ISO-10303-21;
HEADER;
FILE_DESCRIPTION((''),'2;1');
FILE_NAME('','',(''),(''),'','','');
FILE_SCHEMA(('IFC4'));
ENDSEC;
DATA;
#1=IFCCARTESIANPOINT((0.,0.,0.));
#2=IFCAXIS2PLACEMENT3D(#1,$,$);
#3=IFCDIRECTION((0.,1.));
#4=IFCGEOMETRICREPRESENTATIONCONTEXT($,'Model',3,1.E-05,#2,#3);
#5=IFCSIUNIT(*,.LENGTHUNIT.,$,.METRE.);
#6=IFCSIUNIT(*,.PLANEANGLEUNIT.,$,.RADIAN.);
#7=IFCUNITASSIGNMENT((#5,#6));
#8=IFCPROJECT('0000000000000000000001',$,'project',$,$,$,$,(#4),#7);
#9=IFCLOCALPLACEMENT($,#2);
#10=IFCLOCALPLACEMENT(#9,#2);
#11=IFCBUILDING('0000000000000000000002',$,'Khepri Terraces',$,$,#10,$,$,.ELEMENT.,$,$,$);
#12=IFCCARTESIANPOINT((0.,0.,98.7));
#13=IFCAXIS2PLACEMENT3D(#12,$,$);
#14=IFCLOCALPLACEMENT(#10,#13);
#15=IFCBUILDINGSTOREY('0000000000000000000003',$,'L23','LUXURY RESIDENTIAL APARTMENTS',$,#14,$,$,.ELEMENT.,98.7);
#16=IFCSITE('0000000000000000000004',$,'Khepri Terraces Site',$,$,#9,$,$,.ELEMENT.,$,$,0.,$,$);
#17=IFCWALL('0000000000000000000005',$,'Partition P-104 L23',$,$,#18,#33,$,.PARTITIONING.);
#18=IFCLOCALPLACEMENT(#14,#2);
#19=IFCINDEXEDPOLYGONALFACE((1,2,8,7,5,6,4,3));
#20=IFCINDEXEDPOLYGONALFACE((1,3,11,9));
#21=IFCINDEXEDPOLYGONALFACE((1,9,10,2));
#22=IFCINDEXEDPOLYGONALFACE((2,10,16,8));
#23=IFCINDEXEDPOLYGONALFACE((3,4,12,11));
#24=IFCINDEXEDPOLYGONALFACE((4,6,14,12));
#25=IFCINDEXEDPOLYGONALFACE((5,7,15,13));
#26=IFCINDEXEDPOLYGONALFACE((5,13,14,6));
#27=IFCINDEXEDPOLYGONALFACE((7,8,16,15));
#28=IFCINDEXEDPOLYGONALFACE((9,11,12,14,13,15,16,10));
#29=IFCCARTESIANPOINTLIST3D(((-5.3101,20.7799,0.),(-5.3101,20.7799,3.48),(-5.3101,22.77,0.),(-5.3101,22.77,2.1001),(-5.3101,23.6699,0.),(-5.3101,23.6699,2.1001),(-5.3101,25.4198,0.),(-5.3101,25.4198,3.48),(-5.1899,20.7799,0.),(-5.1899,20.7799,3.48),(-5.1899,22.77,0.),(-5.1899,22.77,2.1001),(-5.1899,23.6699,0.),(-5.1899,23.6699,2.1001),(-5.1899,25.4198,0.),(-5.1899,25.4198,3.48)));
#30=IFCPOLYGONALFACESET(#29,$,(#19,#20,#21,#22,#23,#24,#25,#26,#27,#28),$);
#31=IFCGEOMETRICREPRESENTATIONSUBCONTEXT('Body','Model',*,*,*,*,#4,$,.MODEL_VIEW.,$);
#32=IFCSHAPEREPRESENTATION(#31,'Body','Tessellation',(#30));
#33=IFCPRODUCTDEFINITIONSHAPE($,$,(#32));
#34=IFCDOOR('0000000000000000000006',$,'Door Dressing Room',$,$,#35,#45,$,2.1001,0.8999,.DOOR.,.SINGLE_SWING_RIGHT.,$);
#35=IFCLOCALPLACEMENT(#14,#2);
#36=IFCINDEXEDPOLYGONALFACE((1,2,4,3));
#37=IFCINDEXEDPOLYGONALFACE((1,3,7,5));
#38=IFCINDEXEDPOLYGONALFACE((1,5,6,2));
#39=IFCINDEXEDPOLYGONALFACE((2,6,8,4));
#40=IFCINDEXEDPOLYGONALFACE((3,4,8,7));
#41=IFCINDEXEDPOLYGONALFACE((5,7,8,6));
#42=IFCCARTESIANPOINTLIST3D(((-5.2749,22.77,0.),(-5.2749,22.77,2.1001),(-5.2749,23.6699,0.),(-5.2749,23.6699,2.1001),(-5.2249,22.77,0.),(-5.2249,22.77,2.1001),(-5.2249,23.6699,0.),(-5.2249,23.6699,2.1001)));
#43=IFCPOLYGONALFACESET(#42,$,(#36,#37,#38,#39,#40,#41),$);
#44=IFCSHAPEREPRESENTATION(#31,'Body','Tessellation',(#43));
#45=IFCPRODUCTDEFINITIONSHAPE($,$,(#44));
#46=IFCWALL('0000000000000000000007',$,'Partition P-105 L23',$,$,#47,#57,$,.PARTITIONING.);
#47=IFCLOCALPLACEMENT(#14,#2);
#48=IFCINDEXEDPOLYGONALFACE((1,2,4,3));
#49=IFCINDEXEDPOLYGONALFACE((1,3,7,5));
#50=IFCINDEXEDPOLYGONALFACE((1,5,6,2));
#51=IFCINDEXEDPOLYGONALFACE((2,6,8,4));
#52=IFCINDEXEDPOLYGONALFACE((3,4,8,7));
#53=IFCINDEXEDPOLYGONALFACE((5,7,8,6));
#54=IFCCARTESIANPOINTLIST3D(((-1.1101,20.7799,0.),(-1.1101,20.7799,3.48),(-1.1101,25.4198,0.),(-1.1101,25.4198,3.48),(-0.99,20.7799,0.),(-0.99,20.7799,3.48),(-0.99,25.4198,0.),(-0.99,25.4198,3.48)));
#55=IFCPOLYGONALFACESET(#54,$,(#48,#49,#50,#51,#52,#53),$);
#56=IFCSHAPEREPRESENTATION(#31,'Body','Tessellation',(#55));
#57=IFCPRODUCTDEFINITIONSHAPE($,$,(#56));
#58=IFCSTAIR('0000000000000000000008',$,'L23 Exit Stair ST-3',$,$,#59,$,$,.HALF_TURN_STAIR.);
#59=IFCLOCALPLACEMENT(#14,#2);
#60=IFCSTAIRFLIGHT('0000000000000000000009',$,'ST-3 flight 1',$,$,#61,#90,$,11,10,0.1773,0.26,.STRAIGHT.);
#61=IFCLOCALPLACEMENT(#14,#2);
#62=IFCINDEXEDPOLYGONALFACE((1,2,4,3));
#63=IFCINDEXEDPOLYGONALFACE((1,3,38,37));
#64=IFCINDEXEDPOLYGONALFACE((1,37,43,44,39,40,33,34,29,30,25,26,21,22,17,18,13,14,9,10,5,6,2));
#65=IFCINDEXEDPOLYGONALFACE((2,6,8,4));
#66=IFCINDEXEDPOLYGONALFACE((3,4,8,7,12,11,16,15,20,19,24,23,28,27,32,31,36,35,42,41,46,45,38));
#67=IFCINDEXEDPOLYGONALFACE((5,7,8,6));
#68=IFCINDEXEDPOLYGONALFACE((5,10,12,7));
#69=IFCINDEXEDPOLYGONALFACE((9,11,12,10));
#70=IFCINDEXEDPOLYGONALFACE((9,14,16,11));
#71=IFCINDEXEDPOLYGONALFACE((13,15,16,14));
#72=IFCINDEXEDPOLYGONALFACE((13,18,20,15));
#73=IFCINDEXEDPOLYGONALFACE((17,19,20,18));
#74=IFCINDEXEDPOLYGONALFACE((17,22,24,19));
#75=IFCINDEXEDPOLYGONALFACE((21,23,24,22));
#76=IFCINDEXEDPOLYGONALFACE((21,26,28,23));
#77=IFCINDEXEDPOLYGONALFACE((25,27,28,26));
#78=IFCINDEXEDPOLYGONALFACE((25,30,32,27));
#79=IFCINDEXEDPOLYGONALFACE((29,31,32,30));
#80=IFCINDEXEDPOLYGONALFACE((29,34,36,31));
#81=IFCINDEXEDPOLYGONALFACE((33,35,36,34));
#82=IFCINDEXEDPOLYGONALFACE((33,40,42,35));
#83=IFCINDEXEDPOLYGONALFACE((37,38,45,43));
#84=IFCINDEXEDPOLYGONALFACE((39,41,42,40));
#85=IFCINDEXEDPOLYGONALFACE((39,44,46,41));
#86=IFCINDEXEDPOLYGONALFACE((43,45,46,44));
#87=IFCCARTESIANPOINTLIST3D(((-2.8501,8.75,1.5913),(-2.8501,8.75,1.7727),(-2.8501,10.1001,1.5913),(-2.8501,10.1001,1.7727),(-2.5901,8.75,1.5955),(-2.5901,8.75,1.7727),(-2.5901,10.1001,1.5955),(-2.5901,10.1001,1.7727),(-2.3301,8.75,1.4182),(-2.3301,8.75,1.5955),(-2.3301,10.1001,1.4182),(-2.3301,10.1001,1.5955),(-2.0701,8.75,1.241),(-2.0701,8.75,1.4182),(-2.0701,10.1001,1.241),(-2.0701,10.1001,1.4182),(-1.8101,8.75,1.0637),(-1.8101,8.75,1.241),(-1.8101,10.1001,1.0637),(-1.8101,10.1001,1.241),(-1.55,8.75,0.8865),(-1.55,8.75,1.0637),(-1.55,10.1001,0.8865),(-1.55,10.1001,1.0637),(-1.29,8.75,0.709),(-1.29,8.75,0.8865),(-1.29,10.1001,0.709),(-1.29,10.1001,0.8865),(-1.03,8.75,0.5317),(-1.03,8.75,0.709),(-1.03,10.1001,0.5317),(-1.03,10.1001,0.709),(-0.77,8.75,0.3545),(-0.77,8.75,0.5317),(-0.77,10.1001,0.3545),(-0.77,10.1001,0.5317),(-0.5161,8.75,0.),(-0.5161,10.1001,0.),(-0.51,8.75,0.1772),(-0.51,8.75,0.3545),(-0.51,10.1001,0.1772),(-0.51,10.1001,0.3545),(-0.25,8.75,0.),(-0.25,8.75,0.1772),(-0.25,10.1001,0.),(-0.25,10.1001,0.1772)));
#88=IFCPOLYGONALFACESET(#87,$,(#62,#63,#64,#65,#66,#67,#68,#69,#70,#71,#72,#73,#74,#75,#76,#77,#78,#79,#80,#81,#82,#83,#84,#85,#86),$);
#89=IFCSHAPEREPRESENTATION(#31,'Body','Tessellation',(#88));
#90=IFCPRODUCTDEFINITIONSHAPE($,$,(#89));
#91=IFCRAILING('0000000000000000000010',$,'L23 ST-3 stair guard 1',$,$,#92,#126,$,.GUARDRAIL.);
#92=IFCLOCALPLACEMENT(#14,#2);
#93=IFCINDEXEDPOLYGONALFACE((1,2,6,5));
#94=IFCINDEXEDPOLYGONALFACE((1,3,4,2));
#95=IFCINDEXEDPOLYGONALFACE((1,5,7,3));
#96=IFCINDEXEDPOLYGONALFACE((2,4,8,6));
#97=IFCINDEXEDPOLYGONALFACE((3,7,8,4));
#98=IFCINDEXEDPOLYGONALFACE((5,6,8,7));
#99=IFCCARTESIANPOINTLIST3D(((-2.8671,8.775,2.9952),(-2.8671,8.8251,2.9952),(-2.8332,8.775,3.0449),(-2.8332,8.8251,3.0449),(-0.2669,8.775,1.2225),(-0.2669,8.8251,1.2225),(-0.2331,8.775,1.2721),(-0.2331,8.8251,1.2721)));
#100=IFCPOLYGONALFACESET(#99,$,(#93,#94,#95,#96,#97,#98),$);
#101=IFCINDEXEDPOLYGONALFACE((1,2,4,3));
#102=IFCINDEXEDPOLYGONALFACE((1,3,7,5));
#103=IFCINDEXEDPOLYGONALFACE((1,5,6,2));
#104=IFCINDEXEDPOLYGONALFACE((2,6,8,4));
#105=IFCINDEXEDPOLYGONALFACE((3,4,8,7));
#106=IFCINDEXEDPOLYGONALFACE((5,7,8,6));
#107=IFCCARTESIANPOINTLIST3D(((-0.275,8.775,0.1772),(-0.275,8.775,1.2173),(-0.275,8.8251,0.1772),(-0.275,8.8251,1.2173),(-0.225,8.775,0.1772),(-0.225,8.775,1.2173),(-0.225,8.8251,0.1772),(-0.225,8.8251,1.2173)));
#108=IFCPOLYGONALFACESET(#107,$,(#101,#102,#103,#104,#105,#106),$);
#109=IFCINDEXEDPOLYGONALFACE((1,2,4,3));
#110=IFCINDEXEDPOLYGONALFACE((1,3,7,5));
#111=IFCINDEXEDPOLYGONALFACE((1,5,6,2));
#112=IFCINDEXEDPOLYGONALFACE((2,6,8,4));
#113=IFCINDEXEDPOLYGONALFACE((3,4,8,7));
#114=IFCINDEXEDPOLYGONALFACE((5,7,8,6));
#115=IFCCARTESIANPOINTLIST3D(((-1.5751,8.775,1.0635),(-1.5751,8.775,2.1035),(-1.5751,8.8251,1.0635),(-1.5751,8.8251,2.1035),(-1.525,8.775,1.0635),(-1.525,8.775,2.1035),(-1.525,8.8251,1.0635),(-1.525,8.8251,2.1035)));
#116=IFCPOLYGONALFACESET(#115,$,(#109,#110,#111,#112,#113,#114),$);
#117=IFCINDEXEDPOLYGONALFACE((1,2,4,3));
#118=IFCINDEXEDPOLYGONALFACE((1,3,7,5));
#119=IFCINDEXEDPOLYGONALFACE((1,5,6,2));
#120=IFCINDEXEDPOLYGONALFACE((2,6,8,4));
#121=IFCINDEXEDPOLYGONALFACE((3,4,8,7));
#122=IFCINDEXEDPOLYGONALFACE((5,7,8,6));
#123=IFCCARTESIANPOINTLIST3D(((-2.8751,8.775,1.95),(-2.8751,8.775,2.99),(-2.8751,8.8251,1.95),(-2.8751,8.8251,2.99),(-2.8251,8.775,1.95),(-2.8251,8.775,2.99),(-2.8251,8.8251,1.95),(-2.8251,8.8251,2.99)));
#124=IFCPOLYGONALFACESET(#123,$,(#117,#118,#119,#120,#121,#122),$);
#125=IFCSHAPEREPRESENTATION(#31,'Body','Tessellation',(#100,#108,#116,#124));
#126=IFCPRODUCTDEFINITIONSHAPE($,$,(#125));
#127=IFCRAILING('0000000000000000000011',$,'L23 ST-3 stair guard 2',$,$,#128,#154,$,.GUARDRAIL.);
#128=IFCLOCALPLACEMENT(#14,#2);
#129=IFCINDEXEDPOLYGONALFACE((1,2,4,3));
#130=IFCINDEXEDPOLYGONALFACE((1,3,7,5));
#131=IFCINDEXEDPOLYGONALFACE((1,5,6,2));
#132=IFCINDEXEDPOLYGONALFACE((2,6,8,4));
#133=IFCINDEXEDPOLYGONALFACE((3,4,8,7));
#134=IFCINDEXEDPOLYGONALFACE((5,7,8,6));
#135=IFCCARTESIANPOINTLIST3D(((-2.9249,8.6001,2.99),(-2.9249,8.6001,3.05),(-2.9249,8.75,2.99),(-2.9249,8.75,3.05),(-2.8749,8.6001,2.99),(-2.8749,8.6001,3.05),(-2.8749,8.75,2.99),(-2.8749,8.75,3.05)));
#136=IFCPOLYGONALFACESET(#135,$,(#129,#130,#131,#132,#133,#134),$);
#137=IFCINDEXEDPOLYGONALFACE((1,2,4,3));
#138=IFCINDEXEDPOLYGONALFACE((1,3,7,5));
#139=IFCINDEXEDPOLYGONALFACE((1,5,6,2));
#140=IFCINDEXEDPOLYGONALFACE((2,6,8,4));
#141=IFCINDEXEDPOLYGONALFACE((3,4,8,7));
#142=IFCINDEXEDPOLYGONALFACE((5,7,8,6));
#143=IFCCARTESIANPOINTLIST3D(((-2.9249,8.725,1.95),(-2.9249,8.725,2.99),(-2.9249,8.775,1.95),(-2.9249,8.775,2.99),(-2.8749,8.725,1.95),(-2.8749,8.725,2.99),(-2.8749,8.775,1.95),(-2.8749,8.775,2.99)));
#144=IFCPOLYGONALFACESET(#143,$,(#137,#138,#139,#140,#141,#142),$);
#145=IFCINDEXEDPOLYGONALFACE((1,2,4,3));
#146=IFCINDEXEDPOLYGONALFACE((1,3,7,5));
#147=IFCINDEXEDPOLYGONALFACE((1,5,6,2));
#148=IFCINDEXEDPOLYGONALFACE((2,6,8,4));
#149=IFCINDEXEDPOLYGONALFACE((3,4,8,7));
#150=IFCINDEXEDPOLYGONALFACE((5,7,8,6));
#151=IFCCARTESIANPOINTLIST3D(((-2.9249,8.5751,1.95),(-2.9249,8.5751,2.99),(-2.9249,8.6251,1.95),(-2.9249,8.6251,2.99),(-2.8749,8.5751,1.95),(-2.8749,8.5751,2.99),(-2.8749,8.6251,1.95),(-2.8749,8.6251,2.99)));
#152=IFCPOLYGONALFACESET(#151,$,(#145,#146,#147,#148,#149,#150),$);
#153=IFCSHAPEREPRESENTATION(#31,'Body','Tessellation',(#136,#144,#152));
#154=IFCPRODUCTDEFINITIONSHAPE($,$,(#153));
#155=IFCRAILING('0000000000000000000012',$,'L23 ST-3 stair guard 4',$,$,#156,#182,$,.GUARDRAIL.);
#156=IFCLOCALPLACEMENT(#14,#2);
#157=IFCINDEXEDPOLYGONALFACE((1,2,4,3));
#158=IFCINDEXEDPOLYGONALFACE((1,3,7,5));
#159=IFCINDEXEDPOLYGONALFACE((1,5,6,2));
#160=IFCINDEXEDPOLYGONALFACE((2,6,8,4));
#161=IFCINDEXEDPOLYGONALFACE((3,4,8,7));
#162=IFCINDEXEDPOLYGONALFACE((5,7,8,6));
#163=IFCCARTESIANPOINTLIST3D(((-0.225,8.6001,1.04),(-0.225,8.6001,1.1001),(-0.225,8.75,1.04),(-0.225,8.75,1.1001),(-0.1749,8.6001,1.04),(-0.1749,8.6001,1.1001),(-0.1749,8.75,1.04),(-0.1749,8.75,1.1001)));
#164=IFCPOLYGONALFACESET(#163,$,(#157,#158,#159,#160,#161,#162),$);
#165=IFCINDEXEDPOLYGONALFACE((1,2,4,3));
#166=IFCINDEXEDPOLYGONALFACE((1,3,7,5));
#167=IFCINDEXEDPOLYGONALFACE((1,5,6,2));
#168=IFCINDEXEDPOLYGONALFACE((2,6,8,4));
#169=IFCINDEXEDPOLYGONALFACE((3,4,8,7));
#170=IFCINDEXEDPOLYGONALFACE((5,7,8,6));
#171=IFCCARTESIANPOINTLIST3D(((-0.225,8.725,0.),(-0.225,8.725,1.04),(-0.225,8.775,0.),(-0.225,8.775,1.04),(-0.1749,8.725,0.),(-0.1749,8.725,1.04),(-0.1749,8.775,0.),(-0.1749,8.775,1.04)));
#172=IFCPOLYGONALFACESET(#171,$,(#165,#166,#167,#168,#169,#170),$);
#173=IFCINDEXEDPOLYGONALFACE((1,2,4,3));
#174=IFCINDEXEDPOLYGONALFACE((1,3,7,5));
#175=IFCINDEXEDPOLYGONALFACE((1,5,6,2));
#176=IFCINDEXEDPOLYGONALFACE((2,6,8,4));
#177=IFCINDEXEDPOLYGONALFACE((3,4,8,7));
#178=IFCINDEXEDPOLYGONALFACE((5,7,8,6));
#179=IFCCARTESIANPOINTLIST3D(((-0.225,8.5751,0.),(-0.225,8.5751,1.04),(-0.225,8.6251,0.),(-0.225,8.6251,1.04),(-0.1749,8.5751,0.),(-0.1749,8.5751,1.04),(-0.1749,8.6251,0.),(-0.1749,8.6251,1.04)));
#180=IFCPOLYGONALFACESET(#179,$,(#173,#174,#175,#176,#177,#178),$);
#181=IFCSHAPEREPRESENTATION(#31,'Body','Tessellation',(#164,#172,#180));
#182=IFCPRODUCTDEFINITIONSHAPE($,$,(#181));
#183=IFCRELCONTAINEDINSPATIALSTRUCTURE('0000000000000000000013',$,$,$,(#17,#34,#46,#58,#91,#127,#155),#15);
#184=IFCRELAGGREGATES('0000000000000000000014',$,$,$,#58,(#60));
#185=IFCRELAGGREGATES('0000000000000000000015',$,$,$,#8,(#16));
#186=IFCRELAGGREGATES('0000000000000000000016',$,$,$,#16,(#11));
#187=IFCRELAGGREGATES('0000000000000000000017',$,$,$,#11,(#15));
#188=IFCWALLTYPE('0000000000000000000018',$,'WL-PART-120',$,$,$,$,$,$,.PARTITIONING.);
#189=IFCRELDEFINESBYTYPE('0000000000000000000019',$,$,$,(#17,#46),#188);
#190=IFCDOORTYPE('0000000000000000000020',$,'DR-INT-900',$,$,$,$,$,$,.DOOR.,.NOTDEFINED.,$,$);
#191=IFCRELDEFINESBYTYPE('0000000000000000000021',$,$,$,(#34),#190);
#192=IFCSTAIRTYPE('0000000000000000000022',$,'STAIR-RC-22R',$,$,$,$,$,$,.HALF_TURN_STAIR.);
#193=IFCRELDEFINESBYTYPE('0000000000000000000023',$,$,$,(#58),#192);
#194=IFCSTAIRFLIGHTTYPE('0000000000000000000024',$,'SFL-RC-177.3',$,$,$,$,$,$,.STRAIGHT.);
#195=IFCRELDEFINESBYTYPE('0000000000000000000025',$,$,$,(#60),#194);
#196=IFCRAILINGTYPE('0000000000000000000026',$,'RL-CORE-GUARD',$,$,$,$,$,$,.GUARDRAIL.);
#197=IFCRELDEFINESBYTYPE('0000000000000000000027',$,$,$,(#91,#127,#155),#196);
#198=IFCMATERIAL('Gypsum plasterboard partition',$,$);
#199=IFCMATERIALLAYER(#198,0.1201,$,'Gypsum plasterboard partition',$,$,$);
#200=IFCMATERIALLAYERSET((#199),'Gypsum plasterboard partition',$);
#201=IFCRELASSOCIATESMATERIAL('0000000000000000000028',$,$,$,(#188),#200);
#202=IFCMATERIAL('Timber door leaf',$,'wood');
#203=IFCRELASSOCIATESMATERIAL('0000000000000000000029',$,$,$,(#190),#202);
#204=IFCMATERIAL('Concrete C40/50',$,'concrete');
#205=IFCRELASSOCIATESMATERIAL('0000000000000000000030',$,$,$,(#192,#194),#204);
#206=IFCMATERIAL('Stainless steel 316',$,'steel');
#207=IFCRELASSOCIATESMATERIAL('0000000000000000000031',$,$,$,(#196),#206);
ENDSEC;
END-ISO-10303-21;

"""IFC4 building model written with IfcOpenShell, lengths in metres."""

from ifc_helpers import new_model, si_unit, direction, frame, frame_2d, origin, origin_2d, place, context, subcontext, project, spatial, polyline, rectangle, outline, extrude, material, layer, layer_set, type_object, element, fill, aggregate, save


model = new_model("IFC4")

# Units and contexts
model_context = context("Model", 3, precision=1e-05, world=origin(), true_north=direction((0.0, 1.0)))
body_context = subcontext(model_context, "Body", "Model", "MODEL_VIEW")
ifc_project = project(units=[si_unit("LENGTHUNIT", "METRE"), si_unit("PLANEANGLEUNIT", "RADIAN")], contexts=[model_context])

# Site, building, storey
site_placement = place(None, origin())
site = spatial("IfcSite", under=ifc_project, at=site_placement, Name="Khepri Terraces Site", CompositionType="ELEMENT", RefElevation=0.0)
building_placement = place(site_placement, origin())
building = spatial("IfcBuilding", under=site, at=building_placement, Name="Khepri Terraces", CompositionType="ELEMENT")
storey_placement = place(building_placement, frame((0.0, 0.0, 98.7)))
storey = spatial("IfcBuildingStorey", under=building, at=storey_placement, Name="L23", Description="LUXURY RESIDENTIAL APARTMENTS", CompositionType="ELEMENT", Elevation=98.7)

# Shared definitions
ifc_material_1 = material(Name="Gypsum plasterboard partition")
ifc_layer_1 = layer(ifc_material_1, 0.1201, Name="Gypsum plasterboard partition")
ifc_layer_set_1 = layer_set([ifc_layer_1], Name="Gypsum plasterboard partition")
wall_type_1 = type_object("IfcWallType", Name="WL-PART-120", PredefinedType="PARTITIONING", material=ifc_layer_set_1)

# Wall, opening, door
wall_1_placement = place(storey_placement, frame((-5.25, 20.78, 0.0), z_axis=(0.0, 0.0, 1.0), x_axis=(0.0, 1.0, 0.0)))
wall_1 = element("IfcWall", 1, at=wall_1_placement, inside=storey, type_object=wall_type_1, Name="Partition P-104 L23", PredefinedType="PARTITIONING", context=body_context, shape_type="SweptSolid", body=[
    extrude(rectangle(XDim=4.6399, YDim=0.1201, at=frame_2d((2.3198, 0.0))), origin(), (0.0, 0.0, 1.0), 3.48),
])
opening_1_placement = place(wall_1_placement, frame((1.99, 0.0, 0.0)))
opening_1 = element("IfcOpeningElement", 2, at=opening_1_placement, cuts=wall_1, PredefinedType="OPENING", context=body_context, shape_type="SweptSolid", body=[
    extrude(rectangle(XDim=0.8999, YDim=2.1001, at=frame_2d((0.45, 1.05))), frame((0.0, 0.0701, 0.0), z_axis=(0.0, -1.0, 0.0), x_axis=(1.0, 0.0, 0.0)), (0.0, 0.0, 1.0), 0.1401),
])
ifc_material_2 = material(Name="Timber door leaf", Category="wood")
door_type_1 = type_object("IfcDoorType", Name="DR-INT-900", OperationType="NOTDEFINED", PredefinedType="DOOR", material=ifc_material_2)
door_1_placement = place(opening_1_placement, origin())
door_1 = element("IfcDoor", 3, at=door_1_placement, inside=storey, type_object=door_type_1, Name="Door Dressing Room", OperationType="SINGLE_SWING_RIGHT", OverallHeight=2.1001, OverallWidth=0.8999, PredefinedType="DOOR", context=body_context, shape_type="SweptSolid", body=[
    extrude(rectangle(XDim=0.8999, YDim=2.1001, at=frame_2d((0.45, 1.05))), frame((0.0, 0.0249, 0.0), z_axis=(0.0, -1.0, 0.0), x_axis=(1.0, 0.0, 0.0)), (0.0, 0.0, 1.0), 0.05),
])
fill(opening_1, door_1)

# Wall
wall_2_placement = place(storey_placement, frame((-1.05, 20.78, 0.0), z_axis=(0.0, 0.0, 1.0), x_axis=(0.0, 1.0, 0.0)))
element("IfcWall", 4, at=wall_2_placement, inside=storey, type_object=wall_type_1, Name="Partition P-105 L23", PredefinedType="PARTITIONING", context=body_context, shape_type="SweptSolid", body=[
    extrude(rectangle(XDim=4.6399, YDim=0.1201, at=frame_2d((2.3198, 0.0))), origin(), (0.0, 0.0, 1.0), 3.48),
])

# Stair, stair flight
ifc_material_3 = material(Name="Concrete C40/50", Category="concrete")
stair_type = type_object("IfcStairType", Name="STAIR-RC-22R", PredefinedType="HALF_TURN_STAIR", material=ifc_material_3)
stair_placement = place(storey_placement, origin())
stair = element("IfcStair", 5, at=stair_placement, inside=storey, type_object=stair_type, Name="L23 Exit Stair ST-3", PredefinedType="HALF_TURN_STAIR")
stair_flight_type = type_object("IfcStairFlightType", Name="SFL-RC-177.3", PredefinedType="STRAIGHT", material=ifc_material_3)
stair_flight_placement = place(storey_placement, frame((-0.25, 9.425, 0.0), z_axis=(0.0, 0.0, 1.0), x_axis=(-1.0, 0.0, 0.0)))
stair_flight = element("IfcStairFlight", 6, at=stair_flight_placement, type_object=stair_flight_type, Name="ST-3 flight 1", NumberOfRisers=11, NumberOfTreads=10, PredefinedType="STRAIGHT", RiserHeight=0.1773, TreadLength=0.26, context=body_context, shape_type="SweptSolid", body=[
    extrude(outline(polyline([(0.0, 0.0), (0.0, 0.1772), (0.26, 0.1772), (0.26, 0.3545), (0.52, 0.3545), (0.52, 0.5317), (0.78, 0.5317), (0.78, 0.709), (1.04, 0.709), (1.04, 0.8865), (1.3, 0.8865), (1.3, 1.0637), (1.5601, 1.0637), (1.5601, 1.241), (1.8201, 1.241), (1.8201, 1.4182), (2.0801, 1.4182), (2.0801, 1.5955), (2.3401, 1.5955), (2.3401, 1.7727), (2.6001, 1.7727), (2.6001, 1.95), (2.6001, 1.5913), (0.2661, 0.0), (0.0, 0.0)])), frame((0.0, 0.675, 0.0), z_axis=(0.0, -1.0, 0.0), x_axis=(1.0, 0.0, 0.0)), (0.0, 0.0, 1.0), 1.3501),
])
aggregate(stair, [stair_flight])

# Railings
ifc_material_4 = material(Name="Stainless steel 316", Category="steel")
railing_type_1 = type_object("IfcRailingType", Name="RL-CORE-GUARD", PredefinedType="GUARDRAIL", material=ifc_material_4)
railing_1_placement = place(storey_placement, frame((-0.25, 8.8, 0.1772)))
element("IfcRailing", 7, at=railing_1_placement, inside=storey, type_object=railing_type_1, Name="L23 ST-3 stair guard 1", PredefinedType="GUARDRAIL", context=body_context, shape_type="SweptSolid", body=[
    extrude(rectangle(XDim=0.05, YDim=0.0601, at=origin_2d()), frame((0.0, 0.0, 1.0701), z_axis=(-0.82624, 0.0, 0.563318), x_axis=(0.0, -1.0, 0.0)), (0.0, 0.0, 1.0), 3.147),
    extrude(rectangle(XDim=0.05, YDim=0.05, at=origin_2d()), origin(), (0.0, 0.0, 1.0), 1.04),
    extrude(rectangle(XDim=0.05, YDim=0.05, at=origin_2d()), frame((-1.3, 0.0, 0.8862)), (0.0, 0.0, 1.0), 1.04),
    extrude(rectangle(XDim=0.05, YDim=0.05, at=origin_2d()), frame((-2.6001, 0.0, 1.7727)), (0.0, 0.0, 1.0), 1.04),
])
for number, where, name in (
    (8, (-2.8999, 8.75, 1.95), "L23 ST-3 stair guard 2"),
    (9, (-0.2, 8.75, 0.0), "L23 ST-3 stair guard 4"),
):
    element("IfcRailing", number, at=place(storey_placement, frame(where)), inside=storey, type_object=railing_type_1, Name=name, PredefinedType="GUARDRAIL", context=body_context, shape_type="SweptSolid", body=[
        extrude(rectangle(XDim=0.05, YDim=0.0601, at=origin_2d()), frame((0.0, 0.0, 1.0701), z_axis=(0.0, -1.0, 0.0), x_axis=(1.0, 0.0, 0.0)), (0.0, 0.0, 1.0), 0.1499),
        extrude(rectangle(XDim=0.05, YDim=0.05, at=origin_2d()), origin(), (0.0, 0.0, 1.0), 1.04),
        extrude(rectangle(XDim=0.05, YDim=0.05, at=origin_2d()), frame((0.0, -0.1499, 0.0)), (0.0, 0.0, 1.0), 1.04),
    ])

save(model, "model.ifc")
